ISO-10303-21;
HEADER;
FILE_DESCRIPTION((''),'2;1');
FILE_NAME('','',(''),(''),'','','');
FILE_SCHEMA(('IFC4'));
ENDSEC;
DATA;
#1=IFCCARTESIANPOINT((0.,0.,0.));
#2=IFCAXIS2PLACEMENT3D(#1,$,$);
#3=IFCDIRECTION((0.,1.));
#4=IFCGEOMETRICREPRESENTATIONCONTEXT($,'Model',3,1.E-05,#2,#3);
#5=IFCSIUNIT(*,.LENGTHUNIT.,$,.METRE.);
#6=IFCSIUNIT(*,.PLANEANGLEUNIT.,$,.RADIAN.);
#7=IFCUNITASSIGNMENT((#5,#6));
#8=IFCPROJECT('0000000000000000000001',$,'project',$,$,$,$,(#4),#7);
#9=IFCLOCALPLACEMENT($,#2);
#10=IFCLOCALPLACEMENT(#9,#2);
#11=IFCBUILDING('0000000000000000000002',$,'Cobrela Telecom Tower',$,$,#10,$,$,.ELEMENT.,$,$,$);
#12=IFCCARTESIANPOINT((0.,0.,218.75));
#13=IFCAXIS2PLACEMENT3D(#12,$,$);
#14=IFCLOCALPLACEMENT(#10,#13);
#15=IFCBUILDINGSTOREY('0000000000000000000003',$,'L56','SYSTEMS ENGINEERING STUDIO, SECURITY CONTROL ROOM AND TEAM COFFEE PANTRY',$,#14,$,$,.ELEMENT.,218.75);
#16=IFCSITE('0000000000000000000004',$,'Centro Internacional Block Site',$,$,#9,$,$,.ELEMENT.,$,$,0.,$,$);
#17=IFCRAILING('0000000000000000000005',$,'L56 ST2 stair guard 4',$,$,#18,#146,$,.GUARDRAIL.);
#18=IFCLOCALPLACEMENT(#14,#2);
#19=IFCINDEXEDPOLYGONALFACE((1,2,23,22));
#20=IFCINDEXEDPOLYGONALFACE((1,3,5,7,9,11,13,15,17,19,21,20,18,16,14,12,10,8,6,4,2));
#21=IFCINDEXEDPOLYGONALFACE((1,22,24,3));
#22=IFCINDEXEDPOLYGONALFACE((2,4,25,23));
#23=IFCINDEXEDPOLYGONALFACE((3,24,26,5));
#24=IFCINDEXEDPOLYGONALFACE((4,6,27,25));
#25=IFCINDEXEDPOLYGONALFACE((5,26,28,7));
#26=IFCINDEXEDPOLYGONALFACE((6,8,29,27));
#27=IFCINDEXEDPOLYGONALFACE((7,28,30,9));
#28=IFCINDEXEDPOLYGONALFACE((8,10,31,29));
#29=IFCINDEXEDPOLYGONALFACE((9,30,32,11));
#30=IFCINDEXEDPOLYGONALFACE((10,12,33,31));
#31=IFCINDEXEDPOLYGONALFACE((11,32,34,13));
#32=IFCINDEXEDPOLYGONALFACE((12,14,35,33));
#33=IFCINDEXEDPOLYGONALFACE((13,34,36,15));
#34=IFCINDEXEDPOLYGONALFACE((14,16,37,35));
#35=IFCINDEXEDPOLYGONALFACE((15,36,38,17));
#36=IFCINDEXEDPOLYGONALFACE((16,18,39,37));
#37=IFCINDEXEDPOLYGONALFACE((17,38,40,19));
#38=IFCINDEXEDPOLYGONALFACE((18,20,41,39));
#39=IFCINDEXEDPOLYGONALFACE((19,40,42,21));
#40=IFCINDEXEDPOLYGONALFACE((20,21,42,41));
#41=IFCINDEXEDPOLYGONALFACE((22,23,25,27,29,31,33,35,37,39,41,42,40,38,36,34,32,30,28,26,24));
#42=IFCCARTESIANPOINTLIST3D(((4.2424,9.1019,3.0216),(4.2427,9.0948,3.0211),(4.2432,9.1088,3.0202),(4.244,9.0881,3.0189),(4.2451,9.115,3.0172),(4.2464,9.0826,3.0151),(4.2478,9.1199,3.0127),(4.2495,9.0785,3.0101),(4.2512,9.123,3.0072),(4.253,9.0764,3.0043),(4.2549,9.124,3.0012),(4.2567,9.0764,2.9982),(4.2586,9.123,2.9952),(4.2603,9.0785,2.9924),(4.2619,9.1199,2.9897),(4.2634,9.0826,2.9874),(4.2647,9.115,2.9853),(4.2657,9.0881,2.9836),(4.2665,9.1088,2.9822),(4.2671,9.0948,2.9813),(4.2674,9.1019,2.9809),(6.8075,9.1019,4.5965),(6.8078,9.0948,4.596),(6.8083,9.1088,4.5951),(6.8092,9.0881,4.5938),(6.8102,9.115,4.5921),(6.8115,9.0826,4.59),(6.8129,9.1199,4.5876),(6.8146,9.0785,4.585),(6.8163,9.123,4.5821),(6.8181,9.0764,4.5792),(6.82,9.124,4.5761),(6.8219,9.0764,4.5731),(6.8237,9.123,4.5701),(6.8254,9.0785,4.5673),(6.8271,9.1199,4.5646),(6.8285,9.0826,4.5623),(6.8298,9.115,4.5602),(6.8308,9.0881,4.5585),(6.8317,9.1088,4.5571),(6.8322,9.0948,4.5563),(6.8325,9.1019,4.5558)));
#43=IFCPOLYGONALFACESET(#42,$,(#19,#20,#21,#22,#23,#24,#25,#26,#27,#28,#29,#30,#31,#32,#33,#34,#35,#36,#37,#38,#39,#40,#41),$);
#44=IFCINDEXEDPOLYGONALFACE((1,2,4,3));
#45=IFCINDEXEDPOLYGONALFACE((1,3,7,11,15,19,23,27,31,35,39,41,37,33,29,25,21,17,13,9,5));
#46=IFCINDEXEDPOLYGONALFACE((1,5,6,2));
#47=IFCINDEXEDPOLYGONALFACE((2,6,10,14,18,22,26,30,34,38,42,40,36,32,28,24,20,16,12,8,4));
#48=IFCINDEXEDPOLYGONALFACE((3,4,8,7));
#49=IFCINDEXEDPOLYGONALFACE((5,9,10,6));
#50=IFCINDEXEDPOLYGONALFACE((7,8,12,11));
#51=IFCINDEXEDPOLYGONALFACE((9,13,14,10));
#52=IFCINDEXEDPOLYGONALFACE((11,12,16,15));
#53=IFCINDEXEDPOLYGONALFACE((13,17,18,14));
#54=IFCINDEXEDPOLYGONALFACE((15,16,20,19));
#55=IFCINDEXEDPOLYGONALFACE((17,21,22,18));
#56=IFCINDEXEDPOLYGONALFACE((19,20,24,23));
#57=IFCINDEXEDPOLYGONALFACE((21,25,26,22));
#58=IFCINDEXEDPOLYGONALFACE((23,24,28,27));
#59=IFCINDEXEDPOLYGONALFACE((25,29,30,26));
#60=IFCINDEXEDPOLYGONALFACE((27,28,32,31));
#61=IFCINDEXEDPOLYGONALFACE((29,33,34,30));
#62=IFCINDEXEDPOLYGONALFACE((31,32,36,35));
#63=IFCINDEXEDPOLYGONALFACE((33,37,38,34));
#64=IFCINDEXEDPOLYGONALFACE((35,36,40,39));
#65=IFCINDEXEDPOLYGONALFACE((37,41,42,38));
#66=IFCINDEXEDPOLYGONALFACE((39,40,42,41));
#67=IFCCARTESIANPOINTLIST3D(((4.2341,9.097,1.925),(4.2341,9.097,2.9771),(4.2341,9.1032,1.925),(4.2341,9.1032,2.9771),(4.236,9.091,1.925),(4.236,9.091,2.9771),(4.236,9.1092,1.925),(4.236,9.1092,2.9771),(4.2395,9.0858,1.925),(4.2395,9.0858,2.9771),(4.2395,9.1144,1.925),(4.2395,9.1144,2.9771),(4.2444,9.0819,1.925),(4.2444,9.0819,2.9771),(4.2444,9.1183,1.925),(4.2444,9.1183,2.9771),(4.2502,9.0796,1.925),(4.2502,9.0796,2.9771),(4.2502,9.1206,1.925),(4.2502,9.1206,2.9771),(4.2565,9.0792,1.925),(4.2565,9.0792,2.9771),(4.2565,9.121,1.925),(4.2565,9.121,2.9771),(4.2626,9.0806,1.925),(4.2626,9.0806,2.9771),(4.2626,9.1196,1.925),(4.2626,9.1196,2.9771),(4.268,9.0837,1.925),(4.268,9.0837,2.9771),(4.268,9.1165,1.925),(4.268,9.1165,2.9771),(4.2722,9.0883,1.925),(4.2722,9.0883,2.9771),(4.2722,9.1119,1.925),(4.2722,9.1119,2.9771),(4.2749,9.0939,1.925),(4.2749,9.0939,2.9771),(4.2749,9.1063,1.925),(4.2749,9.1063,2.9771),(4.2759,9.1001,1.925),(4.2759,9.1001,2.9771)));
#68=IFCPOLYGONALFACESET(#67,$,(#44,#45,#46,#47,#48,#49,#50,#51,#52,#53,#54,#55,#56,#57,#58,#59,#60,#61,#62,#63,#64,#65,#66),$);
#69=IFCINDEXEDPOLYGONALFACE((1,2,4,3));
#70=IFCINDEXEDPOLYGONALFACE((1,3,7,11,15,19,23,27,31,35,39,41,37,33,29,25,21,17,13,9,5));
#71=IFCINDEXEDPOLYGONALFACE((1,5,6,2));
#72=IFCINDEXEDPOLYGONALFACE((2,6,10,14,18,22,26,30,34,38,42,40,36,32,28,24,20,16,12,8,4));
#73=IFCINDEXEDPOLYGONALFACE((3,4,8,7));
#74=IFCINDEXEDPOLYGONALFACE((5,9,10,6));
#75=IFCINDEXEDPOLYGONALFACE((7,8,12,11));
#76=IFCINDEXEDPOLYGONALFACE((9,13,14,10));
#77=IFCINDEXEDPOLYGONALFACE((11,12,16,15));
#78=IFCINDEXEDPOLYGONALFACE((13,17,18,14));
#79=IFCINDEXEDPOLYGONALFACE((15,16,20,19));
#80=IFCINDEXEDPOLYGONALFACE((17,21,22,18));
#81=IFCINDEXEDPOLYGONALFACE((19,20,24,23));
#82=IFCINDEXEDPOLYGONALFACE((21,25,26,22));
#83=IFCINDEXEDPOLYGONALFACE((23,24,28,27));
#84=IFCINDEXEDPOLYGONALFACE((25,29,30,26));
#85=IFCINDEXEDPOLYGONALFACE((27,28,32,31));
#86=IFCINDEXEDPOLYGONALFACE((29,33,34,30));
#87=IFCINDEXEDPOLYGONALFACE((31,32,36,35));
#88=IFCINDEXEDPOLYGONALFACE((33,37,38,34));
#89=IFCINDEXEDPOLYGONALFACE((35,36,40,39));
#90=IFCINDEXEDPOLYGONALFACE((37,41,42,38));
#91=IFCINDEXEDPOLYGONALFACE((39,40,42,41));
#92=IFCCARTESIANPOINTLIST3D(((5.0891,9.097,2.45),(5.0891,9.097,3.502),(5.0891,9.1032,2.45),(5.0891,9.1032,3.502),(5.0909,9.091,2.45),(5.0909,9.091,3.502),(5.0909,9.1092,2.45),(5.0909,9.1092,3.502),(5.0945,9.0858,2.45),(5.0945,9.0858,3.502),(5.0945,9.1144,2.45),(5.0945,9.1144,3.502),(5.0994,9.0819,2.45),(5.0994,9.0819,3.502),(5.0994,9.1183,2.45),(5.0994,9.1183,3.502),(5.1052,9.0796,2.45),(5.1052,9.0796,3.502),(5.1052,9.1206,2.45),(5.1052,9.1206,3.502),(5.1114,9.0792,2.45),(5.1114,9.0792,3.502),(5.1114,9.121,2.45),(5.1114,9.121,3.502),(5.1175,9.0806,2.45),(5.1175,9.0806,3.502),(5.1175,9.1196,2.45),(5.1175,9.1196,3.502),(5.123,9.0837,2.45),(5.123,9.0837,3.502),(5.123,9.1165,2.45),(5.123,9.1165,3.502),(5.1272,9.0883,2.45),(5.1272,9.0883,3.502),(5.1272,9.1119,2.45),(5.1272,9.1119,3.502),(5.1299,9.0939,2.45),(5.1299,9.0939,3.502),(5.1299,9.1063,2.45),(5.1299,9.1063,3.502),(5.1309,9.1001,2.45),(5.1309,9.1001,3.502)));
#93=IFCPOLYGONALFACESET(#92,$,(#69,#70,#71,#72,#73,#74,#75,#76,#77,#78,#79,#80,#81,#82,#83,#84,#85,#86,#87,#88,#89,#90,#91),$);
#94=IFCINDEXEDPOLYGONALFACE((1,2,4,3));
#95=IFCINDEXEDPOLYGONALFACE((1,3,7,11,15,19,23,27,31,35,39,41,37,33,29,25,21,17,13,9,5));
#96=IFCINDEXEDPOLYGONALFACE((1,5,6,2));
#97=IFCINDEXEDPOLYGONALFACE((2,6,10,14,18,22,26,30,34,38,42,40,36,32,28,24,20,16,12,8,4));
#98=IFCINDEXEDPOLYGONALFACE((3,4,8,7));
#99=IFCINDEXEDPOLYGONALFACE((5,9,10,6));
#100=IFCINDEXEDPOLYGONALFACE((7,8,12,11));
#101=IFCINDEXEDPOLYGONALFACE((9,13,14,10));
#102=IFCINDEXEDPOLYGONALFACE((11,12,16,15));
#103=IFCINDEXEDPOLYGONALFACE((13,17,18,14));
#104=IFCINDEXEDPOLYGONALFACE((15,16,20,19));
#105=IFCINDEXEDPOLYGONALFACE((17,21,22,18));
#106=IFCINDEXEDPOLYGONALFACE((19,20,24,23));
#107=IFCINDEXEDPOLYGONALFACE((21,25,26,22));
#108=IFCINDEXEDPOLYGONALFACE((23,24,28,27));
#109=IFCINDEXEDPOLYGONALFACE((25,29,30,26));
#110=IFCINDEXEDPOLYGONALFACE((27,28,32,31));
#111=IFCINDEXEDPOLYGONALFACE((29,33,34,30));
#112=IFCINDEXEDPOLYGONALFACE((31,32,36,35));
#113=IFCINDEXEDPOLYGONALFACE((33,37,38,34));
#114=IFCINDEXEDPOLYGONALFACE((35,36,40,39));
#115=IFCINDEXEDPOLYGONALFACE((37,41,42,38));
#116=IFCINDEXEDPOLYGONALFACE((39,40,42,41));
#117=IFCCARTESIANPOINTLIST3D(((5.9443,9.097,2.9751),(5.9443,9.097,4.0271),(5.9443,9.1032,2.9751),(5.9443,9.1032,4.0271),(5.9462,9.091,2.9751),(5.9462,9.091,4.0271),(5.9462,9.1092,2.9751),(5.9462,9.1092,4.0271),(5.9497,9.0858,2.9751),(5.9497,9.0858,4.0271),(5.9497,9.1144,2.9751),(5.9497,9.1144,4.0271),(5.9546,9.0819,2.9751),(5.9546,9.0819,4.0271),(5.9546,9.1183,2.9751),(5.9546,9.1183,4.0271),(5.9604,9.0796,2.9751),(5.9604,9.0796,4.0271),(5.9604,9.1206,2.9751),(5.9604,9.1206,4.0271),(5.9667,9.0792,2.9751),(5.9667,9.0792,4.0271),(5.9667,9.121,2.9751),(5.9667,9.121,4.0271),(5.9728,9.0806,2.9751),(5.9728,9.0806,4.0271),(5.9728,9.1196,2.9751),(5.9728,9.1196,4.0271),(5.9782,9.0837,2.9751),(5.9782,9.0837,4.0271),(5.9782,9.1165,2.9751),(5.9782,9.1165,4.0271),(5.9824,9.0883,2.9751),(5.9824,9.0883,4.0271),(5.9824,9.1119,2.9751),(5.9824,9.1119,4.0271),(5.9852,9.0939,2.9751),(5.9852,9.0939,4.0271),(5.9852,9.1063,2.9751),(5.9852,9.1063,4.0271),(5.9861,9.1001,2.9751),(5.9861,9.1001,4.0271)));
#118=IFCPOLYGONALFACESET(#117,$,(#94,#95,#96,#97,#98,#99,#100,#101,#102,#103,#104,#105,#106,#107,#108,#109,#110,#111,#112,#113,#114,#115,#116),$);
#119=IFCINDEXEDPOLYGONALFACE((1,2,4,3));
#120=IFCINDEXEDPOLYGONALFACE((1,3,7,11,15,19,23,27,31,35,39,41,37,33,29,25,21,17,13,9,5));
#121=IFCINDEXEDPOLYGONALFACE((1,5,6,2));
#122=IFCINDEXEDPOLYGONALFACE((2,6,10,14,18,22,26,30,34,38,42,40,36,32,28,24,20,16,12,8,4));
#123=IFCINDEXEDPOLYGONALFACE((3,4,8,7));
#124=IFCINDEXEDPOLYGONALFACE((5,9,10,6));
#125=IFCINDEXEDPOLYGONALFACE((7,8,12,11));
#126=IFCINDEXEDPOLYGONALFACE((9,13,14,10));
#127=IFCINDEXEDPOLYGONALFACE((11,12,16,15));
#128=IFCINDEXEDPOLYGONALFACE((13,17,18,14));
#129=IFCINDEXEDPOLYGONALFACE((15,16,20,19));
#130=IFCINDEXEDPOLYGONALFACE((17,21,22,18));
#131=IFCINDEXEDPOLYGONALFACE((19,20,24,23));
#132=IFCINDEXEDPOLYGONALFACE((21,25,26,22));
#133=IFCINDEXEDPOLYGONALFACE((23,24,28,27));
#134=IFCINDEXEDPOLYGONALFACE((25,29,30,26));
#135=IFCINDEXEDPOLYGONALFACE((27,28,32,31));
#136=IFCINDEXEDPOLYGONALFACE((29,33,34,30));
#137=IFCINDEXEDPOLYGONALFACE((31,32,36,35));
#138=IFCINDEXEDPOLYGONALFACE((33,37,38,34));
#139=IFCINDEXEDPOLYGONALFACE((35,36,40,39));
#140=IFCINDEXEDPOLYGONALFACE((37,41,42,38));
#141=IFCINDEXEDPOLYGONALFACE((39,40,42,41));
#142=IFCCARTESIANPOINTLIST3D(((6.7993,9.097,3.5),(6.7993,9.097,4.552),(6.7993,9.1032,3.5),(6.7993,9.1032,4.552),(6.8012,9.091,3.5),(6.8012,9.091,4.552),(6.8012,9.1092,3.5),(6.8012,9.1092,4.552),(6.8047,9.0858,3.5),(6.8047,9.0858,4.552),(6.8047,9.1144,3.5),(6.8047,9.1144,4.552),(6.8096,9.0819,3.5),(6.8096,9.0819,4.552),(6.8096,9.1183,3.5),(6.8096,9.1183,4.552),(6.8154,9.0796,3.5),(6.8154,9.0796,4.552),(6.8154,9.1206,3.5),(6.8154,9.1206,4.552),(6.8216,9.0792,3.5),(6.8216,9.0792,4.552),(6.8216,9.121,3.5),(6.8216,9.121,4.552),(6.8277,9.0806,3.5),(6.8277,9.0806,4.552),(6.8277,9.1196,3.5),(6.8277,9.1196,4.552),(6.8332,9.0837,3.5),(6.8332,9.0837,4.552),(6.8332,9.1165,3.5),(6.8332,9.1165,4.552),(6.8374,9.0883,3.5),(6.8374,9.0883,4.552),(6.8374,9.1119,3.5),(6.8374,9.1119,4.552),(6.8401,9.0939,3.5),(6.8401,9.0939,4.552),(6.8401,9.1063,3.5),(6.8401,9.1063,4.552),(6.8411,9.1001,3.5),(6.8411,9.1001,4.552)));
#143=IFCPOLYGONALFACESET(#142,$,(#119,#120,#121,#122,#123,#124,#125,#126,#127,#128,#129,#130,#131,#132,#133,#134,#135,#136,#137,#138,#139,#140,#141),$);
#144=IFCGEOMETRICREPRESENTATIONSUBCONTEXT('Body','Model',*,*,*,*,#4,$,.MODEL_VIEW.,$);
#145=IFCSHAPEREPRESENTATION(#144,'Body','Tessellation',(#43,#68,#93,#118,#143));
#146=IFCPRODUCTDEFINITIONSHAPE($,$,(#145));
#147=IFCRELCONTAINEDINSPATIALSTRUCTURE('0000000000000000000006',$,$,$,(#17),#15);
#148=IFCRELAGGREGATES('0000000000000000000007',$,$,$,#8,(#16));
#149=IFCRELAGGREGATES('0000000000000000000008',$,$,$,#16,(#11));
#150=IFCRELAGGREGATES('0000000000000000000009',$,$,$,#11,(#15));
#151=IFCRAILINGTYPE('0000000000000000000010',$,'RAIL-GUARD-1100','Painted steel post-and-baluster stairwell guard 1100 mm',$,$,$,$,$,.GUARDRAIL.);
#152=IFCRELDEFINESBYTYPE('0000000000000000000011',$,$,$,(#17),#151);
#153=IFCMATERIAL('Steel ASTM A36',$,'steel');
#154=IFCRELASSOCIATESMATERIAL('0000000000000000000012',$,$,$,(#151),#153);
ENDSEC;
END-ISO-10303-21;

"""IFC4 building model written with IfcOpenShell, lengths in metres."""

from ifc_helpers import new_model, si_unit, direction, frame, origin, origin_2d, place, context, subcontext, project, spatial, circle, extrude, material, type_object, element, save


model = new_model("IFC4")

# Units and contexts
model_context = context("Model", 3, precision=1e-05, world=origin(), true_north=direction((0.0, 1.0)))
body_context = subcontext(model_context, "Body", "Model", "MODEL_VIEW")
ifc_project = project(units=[si_unit("LENGTHUNIT", "METRE"), si_unit("PLANEANGLEUNIT", "RADIAN")], contexts=[model_context])

# Site, building, storey
site_placement = place(None, origin())
site = spatial("IfcSite", under=ifc_project, at=site_placement, Name="Centro Internacional Block Site", CompositionType="ELEMENT", RefElevation=0.0)
building_placement = place(site_placement, origin())
building = spatial("IfcBuilding", under=site, at=building_placement, Name="Cobrela Telecom Tower", CompositionType="ELEMENT")
storey_placement = place(building_placement, frame((0.0, 0.0, 218.75)))
storey = spatial("IfcBuildingStorey", under=building, at=storey_placement, Name="L56", Description="SYSTEMS ENGINEERING STUDIO, SECURITY CONTROL ROOM AND TEAM COFFEE PANTRY", CompositionType="ELEMENT", Elevation=218.75)

# Shared definitions
ifc_material_1 = material(Name="Steel ASTM A36", Category="steel")

# Railing
railing_type = type_object("IfcRailingType", Name="RAIL-GUARD-1100", Description="Painted steel post-and-baluster stairwell guard 1100 mm", PredefinedType="GUARDRAIL", material=ifc_material_1)
railing_1_placement = place(storey_placement, frame((4.2549, 9.1001, 1.925)))
element("IfcRailing", 1, at=railing_1_placement, inside=storey, type_object=railing_type, Name="L56 ST2 stair guard 4", PredefinedType="GUARDRAIL", context=body_context, shape_type="SweptSolid", body=[
    extrude(circle(Radius=0.0239, at=origin_2d()), frame((0.0, 0.0, 1.0762), z_axis=(0.852195, 0.0, 0.523224), x_axis=(0.0, 1.0, 0.0)), (0.0, 0.0, 1.0), 3.01),
    extrude(circle(Radius=0.021, at=origin_2d()), origin(), (0.0, 0.0, 1.0), 1.052),
    extrude(circle(Radius=0.021, at=origin_2d()), frame((0.855, 0.0, 0.5249)), (0.0, 0.0, 1.0), 1.052),
    extrude(circle(Radius=0.021, at=origin_2d()), frame((1.7102, 0.0, 1.05)), (0.0, 0.0, 1.0), 1.052),
    extrude(circle(Radius=0.021, at=origin_2d()), frame((2.5652, 0.0, 1.575)), (0.0, 0.0, 1.0), 1.052),
])

save(model, "model.ifc")
